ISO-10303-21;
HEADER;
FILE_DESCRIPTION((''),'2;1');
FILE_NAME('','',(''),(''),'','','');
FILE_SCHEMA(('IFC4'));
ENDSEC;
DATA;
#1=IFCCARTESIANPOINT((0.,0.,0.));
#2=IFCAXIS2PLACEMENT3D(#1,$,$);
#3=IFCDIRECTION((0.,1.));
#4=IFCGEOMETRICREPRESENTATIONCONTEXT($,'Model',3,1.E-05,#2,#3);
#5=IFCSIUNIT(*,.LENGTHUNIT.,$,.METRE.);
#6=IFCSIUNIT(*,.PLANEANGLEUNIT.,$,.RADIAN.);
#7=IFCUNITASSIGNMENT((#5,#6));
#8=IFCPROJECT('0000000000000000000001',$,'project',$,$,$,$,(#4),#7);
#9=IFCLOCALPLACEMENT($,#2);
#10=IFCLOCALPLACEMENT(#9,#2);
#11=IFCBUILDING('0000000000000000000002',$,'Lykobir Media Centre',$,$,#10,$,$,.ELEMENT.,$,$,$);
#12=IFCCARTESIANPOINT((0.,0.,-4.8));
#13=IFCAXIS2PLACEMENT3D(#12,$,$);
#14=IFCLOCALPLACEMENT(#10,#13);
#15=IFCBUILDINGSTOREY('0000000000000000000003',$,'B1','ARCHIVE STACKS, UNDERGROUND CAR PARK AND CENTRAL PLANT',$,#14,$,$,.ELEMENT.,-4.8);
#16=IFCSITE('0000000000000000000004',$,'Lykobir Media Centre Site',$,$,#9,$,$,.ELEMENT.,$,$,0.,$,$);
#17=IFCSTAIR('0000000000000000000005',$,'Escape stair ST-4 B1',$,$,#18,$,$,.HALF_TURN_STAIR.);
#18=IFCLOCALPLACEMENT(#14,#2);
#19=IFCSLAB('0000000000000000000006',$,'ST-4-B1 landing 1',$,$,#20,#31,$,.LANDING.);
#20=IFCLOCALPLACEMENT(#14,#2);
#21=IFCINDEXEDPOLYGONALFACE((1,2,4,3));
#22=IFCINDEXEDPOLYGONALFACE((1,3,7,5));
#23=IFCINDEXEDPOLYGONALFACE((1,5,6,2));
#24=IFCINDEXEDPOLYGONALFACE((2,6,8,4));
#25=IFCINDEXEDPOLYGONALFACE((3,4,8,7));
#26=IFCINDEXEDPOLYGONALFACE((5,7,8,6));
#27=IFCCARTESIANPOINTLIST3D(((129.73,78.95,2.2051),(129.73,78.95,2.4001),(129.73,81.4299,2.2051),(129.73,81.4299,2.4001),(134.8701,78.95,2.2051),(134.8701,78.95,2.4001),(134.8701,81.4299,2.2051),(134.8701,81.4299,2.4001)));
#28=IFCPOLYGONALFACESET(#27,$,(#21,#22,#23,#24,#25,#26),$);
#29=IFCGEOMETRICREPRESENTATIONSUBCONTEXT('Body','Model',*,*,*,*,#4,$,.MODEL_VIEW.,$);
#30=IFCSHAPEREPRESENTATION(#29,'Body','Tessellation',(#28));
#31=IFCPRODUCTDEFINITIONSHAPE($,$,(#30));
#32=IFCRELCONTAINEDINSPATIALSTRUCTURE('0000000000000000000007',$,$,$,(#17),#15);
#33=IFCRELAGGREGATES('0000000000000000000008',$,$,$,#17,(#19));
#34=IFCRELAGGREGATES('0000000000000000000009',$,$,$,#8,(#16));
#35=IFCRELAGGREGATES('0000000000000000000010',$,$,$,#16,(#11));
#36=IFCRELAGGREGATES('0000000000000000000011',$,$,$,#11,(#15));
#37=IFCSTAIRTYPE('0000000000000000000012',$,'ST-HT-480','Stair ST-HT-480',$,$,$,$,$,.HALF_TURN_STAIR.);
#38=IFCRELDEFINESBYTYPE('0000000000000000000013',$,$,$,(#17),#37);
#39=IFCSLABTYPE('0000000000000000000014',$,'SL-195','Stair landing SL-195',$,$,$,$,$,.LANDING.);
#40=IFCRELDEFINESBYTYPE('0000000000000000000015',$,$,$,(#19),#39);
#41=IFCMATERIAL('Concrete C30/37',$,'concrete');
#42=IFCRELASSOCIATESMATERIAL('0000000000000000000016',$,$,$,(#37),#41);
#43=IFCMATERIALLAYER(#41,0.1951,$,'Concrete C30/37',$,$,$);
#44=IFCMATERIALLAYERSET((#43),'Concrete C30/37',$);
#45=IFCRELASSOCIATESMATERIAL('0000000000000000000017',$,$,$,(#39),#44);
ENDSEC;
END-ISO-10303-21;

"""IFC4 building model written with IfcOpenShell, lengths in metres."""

from ifc_helpers import new_model, si_unit, direction, frame, origin, place, context, subcontext, project, spatial, polyline, outline, extrude, material, layer, layer_set, type_object, element, aggregate, save


model = new_model("IFC4")

# Units and contexts
model_context = context("Model", 3, precision=1e-05, world=origin(), true_north=direction((0.0, 1.0)))
body_context = subcontext(model_context, "Body", "Model", "MODEL_VIEW")
ifc_project = project(units=[si_unit("LENGTHUNIT", "METRE"), si_unit("PLANEANGLEUNIT", "RADIAN")], contexts=[model_context])

# Site, building, storey
site_placement = place(None, origin())
site = spatial("IfcSite", under=ifc_project, at=site_placement, Name="Lykobir Media Centre Site", CompositionType="ELEMENT", RefElevation=0.0)
building_placement = place(site_placement, origin())
building = spatial("IfcBuilding", under=site, at=building_placement, Name="Lykobir Media Centre", CompositionType="ELEMENT")
storey_placement = place(building_placement, frame((0.0, 0.0, -4.8)))
storey = spatial("IfcBuildingStorey", under=building, at=storey_placement, Name="B1", Description="ARCHIVE STACKS, UNDERGROUND CAR PARK AND CENTRAL PLANT", CompositionType="ELEMENT", Elevation=-4.8)

# Shared definitions
ifc_material_1 = material(Name="Concrete C30/37", Category="concrete")

# Stair, slab
stair_type_1 = type_object("IfcStairType", Name="ST-HT-480", Description="Stair ST-HT-480", PredefinedType="HALF_TURN_STAIR", material=ifc_material_1)
ifc_layer_1 = layer(ifc_material_1, 0.1951, Name="Concrete C30/37")
ifc_layer_set_1 = layer_set([ifc_layer_1], Name="Concrete C30/37")
slab_type_1 = type_object("IfcSlabType", Name="SL-195", Description="Stair landing SL-195", PredefinedType="LANDING", material=ifc_layer_set_1)
stair_1_placement = place(storey_placement, origin())
stair_1 = element("IfcStair", 1, at=stair_1_placement, inside=storey, type_object=stair_type_1, Name="Escape stair ST-4 B1", PredefinedType="HALF_TURN_STAIR")
slab_1_placement = place(storey_placement, frame((0.0, 0.0, 2.2051)))
slab_1 = element("IfcSlab", 2, at=slab_1_placement, type_object=slab_type_1, Name="ST-4-B1 landing 1", PredefinedType="LANDING", context=body_context, shape_type="SweptSolid", body=[
    extrude(outline(polyline([(129.73, 78.95), (134.8701, 78.95), (134.8701, 81.4299), (129.73, 81.4299), (129.73, 78.95)])), origin(), (0.0, 0.0, 1.0), 0.1951),
])
aggregate(stair_1, [slab_1])

save(model, "model.ifc")
